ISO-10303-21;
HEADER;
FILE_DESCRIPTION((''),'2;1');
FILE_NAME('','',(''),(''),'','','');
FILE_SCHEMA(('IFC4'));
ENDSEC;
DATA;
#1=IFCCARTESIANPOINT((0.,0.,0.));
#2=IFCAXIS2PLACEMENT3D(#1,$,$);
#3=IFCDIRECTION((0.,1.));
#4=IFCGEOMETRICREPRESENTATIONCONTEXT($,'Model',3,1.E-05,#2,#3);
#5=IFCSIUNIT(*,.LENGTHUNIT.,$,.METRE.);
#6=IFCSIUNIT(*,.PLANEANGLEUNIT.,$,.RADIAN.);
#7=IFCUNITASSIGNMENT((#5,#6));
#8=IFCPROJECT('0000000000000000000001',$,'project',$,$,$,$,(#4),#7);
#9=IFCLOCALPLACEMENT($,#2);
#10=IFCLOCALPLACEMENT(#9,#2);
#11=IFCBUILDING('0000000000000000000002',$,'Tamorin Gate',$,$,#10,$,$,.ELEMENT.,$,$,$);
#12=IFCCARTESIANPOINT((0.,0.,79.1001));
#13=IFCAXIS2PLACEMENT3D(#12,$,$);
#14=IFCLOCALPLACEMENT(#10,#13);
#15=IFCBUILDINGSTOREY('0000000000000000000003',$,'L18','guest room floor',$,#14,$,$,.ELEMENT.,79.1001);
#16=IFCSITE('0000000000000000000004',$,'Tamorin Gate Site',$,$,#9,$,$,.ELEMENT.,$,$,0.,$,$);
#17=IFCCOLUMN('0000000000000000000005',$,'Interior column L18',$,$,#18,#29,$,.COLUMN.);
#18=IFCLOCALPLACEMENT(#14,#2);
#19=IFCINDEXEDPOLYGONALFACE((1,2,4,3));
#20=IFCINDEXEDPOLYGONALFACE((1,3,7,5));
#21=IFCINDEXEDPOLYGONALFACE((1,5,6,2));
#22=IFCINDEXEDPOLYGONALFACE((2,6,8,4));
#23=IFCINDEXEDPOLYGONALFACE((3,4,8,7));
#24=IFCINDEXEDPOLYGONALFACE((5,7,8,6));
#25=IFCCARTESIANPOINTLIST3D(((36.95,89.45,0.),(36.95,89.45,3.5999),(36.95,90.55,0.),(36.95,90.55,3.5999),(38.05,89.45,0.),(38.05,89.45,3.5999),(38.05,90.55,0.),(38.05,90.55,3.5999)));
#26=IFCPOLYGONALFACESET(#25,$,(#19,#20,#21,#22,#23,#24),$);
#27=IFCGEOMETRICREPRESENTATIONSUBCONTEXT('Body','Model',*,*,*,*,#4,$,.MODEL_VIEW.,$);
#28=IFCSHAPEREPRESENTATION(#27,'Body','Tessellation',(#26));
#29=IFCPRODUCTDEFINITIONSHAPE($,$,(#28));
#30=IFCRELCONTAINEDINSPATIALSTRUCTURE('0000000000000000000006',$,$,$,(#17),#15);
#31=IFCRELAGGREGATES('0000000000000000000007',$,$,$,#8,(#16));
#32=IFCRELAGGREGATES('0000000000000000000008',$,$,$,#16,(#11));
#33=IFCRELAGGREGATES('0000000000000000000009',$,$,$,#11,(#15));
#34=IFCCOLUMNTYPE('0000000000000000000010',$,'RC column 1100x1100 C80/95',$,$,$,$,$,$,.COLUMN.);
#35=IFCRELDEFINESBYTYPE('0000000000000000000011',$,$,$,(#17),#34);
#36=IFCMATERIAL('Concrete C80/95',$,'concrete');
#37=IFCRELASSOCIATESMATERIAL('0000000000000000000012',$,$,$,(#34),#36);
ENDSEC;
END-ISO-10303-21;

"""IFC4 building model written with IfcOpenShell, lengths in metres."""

from ifc_helpers import new_model, si_unit, direction, frame, origin, origin_2d, place, context, subcontext, project, spatial, rectangle, extrude, material, material_profile, profile_set, type_object, element, save


model = new_model("IFC4")

# Units and contexts
model_context = context("Model", 3, precision=1e-05, world=origin(), true_north=direction((0.0, 1.0)))
body_context = subcontext(model_context, "Body", "Model", "MODEL_VIEW")
ifc_project = project(units=[si_unit("LENGTHUNIT", "METRE"), si_unit("PLANEANGLEUNIT", "RADIAN")], contexts=[model_context])

# Site, building, storey
site_placement = place(None, origin())
site = spatial("IfcSite", under=ifc_project, at=site_placement, Name="Tamorin Gate Site", CompositionType="ELEMENT", RefElevation=0.0)
building_placement = place(site_placement, origin())
building = spatial("IfcBuilding", under=site, at=building_placement, Name="Tamorin Gate", CompositionType="ELEMENT")
storey_placement = place(building_placement, frame((0.0, 0.0, 79.1001)))
storey = spatial("IfcBuildingStorey", under=building, at=storey_placement, Name="L18", Description="guest room floor", CompositionType="ELEMENT", Elevation=79.1001)

# Column
ifc_material_1 = material(Name="Concrete C80/95", Category="concrete")
ifc_material_profile = material_profile(ifc_material_1, rectangle(XDim=1.1001, YDim=1.1001, at=origin_2d()), Name="RC 1100x1100")
ifc_profile_set = profile_set([ifc_material_profile], Name="Concrete C80/95")
column_type = type_object("IfcColumnType", Name="RC column 1100x1100 C80/95", PredefinedType="COLUMN", material=ifc_profile_set)
column_placement = place(storey_placement, frame((37.5, 90.0, 0.0), z_axis=(0.0, 0.0, 1.0), x_axis=(1.0, 0.0, 0.0)))
element("IfcColumn", 1, at=column_placement, inside=storey, type_object=column_type, Name="Interior column L18", PredefinedType="COLUMN", context=body_context, shape_type="SweptSolid", body=[
    extrude(rectangle(XDim=1.1001, YDim=1.1001, at=origin_2d()), origin(), (0.0, 0.0, 1.0), 3.5999),
])

save(model, "model.ifc")
